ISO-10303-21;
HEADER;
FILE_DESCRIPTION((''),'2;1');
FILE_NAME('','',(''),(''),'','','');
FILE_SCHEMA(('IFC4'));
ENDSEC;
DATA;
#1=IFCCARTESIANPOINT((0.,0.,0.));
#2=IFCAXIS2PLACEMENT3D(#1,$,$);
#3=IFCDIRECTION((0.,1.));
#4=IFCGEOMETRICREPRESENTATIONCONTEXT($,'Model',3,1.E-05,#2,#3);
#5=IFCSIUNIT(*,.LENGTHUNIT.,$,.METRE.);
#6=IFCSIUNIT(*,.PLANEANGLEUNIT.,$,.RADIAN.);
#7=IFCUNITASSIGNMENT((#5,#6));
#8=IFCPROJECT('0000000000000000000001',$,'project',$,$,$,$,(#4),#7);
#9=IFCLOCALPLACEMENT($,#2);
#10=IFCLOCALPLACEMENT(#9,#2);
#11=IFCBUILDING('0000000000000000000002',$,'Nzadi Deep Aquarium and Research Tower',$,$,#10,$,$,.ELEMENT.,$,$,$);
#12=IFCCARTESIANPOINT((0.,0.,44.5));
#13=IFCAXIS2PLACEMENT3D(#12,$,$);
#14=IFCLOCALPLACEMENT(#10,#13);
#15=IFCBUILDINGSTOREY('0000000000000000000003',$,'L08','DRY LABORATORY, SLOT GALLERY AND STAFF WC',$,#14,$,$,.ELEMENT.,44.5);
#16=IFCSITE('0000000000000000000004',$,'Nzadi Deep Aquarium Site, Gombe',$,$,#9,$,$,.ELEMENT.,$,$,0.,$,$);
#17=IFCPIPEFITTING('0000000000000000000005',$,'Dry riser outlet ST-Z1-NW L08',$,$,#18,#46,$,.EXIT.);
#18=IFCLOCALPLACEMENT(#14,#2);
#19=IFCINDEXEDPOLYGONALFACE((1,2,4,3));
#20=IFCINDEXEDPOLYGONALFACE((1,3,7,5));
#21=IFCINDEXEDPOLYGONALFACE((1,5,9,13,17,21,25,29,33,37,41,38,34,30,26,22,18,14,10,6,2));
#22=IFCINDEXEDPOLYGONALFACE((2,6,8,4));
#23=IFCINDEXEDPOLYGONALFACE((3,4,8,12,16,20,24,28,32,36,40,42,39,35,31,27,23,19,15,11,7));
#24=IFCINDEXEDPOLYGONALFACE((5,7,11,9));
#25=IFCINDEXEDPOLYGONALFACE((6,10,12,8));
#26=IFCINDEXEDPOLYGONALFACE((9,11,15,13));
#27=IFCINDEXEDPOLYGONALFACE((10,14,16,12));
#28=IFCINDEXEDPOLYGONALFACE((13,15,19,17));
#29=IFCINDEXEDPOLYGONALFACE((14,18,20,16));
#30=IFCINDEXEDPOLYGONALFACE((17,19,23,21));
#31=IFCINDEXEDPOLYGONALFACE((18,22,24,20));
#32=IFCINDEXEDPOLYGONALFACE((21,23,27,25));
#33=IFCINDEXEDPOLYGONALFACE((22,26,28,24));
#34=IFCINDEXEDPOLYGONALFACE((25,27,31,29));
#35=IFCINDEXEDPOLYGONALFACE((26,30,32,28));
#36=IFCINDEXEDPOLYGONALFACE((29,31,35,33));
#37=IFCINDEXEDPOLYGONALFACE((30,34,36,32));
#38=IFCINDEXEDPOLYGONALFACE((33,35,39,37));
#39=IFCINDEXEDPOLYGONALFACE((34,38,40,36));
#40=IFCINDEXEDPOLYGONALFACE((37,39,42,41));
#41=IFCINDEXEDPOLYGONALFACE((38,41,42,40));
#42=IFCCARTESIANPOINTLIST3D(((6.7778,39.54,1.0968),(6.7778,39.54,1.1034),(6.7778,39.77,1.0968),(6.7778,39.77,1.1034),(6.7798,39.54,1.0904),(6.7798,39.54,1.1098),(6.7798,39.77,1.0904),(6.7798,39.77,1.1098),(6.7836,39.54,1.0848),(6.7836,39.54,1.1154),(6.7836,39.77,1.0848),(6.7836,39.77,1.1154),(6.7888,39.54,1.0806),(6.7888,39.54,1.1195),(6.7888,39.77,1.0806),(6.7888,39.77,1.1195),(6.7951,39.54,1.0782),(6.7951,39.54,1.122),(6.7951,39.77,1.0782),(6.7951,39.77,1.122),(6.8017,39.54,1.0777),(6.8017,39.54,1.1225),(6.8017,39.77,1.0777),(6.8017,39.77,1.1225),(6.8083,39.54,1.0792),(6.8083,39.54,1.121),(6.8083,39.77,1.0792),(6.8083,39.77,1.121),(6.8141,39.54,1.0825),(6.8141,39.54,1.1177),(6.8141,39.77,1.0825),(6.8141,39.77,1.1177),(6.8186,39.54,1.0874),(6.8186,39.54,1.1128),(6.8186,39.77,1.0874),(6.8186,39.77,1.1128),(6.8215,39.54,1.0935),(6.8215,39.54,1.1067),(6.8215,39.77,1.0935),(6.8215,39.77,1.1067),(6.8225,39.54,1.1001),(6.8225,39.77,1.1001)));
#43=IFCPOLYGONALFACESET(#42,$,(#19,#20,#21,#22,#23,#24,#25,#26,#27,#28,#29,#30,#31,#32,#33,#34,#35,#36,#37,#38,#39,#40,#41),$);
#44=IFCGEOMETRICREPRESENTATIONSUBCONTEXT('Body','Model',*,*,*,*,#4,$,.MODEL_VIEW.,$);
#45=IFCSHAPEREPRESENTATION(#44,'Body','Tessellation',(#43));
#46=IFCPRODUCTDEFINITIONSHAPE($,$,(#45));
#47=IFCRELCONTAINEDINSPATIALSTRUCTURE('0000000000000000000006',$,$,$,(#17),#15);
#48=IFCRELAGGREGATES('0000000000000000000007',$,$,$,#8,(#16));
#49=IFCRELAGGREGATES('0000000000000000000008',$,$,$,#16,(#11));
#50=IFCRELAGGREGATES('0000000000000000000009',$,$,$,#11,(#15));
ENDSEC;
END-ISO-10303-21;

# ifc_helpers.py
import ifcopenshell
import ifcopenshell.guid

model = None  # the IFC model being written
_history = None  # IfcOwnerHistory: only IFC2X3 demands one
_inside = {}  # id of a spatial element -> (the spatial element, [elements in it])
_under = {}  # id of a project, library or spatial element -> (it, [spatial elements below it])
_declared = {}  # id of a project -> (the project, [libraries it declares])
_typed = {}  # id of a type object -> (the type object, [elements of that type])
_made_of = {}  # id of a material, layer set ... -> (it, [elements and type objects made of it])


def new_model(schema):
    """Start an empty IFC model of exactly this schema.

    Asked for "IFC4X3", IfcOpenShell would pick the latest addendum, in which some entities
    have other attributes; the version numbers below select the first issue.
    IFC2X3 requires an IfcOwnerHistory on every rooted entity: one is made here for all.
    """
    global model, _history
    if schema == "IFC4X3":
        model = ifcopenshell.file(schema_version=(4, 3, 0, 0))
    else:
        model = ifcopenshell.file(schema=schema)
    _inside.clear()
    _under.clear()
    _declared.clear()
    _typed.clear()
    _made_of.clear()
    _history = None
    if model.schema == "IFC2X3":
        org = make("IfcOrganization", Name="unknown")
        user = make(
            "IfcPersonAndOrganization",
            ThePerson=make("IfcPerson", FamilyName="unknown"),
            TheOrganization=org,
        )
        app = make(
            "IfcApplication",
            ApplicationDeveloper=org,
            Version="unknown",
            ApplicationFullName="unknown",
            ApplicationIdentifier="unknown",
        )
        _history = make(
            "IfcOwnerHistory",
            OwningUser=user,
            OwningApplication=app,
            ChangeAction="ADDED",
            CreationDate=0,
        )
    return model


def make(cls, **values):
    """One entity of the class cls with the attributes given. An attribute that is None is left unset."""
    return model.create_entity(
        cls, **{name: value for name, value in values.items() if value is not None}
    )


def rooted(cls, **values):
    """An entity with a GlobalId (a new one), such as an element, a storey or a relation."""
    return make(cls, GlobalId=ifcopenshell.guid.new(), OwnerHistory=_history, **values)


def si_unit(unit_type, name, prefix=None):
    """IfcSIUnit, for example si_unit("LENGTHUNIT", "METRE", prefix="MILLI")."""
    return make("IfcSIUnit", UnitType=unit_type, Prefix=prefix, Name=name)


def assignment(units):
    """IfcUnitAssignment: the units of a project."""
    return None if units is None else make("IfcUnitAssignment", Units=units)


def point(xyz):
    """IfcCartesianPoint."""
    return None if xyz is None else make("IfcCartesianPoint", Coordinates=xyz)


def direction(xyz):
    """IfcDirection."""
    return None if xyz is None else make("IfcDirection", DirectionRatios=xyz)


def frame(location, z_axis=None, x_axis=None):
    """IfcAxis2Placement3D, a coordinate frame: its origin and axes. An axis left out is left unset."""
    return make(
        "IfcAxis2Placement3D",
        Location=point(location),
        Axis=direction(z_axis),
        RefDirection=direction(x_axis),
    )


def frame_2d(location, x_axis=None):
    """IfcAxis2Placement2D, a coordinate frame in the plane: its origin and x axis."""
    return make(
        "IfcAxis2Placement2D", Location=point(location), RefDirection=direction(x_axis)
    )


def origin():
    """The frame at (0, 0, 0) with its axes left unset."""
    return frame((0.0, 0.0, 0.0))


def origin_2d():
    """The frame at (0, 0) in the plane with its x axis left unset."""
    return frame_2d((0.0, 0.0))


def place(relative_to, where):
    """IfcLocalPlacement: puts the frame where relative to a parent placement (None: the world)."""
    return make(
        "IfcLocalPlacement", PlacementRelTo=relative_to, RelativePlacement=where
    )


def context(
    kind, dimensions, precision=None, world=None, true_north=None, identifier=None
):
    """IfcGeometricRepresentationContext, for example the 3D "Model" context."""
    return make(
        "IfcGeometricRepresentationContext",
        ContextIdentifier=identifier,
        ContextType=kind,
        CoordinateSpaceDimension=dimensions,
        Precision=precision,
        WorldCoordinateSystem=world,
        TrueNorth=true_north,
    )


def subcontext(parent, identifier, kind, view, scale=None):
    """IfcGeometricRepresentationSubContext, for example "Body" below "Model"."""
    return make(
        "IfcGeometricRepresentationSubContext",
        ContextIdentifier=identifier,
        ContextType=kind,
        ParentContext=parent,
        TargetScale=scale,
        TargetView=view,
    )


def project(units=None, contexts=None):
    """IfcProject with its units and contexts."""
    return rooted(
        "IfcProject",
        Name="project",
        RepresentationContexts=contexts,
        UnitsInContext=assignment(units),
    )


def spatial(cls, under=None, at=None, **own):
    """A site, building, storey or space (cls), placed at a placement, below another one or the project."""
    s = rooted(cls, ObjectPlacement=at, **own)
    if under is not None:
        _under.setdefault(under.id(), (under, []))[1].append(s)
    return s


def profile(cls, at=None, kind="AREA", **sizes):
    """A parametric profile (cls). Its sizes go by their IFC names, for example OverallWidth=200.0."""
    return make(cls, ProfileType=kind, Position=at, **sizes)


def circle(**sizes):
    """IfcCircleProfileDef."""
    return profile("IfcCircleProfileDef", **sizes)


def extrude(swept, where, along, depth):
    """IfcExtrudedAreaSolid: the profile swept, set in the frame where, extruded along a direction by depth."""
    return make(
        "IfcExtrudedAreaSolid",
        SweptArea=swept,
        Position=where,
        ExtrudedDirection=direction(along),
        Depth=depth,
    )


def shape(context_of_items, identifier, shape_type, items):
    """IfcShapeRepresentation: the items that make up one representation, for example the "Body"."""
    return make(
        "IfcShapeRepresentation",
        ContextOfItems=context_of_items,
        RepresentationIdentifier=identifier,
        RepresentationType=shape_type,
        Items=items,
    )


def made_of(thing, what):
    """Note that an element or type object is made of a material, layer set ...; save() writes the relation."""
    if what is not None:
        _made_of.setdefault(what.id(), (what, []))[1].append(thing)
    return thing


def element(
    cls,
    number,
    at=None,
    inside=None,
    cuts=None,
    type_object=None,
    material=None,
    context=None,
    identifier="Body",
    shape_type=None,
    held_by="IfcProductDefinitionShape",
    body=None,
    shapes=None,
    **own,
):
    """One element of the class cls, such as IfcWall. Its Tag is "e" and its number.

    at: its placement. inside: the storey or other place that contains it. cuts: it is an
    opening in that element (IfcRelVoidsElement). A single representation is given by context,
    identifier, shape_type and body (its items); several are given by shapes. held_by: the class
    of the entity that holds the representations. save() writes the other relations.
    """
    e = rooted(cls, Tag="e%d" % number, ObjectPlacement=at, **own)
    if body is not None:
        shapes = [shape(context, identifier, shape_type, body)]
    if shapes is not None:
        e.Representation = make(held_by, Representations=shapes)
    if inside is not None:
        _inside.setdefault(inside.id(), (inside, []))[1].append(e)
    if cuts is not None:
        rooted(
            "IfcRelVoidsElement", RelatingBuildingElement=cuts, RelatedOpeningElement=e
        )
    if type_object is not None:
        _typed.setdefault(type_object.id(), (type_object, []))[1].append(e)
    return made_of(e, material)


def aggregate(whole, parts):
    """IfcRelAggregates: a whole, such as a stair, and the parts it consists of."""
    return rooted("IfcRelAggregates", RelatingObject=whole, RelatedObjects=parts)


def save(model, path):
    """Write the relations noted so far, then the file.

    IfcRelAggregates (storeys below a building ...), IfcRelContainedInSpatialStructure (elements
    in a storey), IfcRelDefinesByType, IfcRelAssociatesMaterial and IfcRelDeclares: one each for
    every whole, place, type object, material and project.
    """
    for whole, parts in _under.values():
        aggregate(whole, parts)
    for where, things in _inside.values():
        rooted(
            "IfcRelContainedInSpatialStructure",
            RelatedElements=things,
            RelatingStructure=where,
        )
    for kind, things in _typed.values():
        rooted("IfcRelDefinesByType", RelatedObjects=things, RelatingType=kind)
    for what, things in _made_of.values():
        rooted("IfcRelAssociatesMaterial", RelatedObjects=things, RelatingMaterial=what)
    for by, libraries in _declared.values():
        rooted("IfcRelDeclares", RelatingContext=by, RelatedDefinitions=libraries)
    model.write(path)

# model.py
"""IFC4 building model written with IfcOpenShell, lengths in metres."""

from ifc_helpers import new_model, si_unit, direction, frame, origin, origin_2d, place, context, subcontext, project, spatial, circle, extrude, element, save


model = new_model("IFC4")

# Units and contexts
model_context = context("Model", 3, precision=1e-05, world=origin(), true_north=direction((0.0, 1.0)))
body_context = subcontext(model_context, "Body", "Model", "MODEL_VIEW")
ifc_project = project(units=[si_unit("LENGTHUNIT", "METRE"), si_unit("PLANEANGLEUNIT", "RADIAN")], contexts=[model_context])

# Site, building, storey
site_placement = place(None, origin())
site = spatial("IfcSite", under=ifc_project, at=site_placement, Name="Nzadi Deep Aquarium Site, Gombe", CompositionType="ELEMENT", RefElevation=0.0)
building_placement = place(site_placement, origin())
building = spatial("IfcBuilding", under=site, at=building_placement, Name="Nzadi Deep Aquarium and Research Tower", CompositionType="ELEMENT")
storey_placement = place(building_placement, frame((0.0, 0.0, 44.5)))
storey = spatial("IfcBuildingStorey", under=building, at=storey_placement, Name="L08", Description="DRY LABORATORY, SLOT GALLERY AND STAFF WC", CompositionType="ELEMENT", Elevation=44.5)

# Pipe fitting
pipe_fitting_placement = place(storey_placement, frame((6.8, 39.77, 1.1001), z_axis=(0.0, -1.0, 0.0), x_axis=(1.0, 0.0, 0.0)))
element("IfcPipeFitting", 1, at=pipe_fitting_placement, inside=storey, Name="Dry riser outlet ST-Z1-NW L08", PredefinedType="EXIT", context=body_context, shape_type="SweptSolid", body=[
    extrude(circle(Radius=0.0225, at=origin_2d()), origin(), (0.0, 0.0, 1.0), 0.23),
])

save(model, "model.ifc")
